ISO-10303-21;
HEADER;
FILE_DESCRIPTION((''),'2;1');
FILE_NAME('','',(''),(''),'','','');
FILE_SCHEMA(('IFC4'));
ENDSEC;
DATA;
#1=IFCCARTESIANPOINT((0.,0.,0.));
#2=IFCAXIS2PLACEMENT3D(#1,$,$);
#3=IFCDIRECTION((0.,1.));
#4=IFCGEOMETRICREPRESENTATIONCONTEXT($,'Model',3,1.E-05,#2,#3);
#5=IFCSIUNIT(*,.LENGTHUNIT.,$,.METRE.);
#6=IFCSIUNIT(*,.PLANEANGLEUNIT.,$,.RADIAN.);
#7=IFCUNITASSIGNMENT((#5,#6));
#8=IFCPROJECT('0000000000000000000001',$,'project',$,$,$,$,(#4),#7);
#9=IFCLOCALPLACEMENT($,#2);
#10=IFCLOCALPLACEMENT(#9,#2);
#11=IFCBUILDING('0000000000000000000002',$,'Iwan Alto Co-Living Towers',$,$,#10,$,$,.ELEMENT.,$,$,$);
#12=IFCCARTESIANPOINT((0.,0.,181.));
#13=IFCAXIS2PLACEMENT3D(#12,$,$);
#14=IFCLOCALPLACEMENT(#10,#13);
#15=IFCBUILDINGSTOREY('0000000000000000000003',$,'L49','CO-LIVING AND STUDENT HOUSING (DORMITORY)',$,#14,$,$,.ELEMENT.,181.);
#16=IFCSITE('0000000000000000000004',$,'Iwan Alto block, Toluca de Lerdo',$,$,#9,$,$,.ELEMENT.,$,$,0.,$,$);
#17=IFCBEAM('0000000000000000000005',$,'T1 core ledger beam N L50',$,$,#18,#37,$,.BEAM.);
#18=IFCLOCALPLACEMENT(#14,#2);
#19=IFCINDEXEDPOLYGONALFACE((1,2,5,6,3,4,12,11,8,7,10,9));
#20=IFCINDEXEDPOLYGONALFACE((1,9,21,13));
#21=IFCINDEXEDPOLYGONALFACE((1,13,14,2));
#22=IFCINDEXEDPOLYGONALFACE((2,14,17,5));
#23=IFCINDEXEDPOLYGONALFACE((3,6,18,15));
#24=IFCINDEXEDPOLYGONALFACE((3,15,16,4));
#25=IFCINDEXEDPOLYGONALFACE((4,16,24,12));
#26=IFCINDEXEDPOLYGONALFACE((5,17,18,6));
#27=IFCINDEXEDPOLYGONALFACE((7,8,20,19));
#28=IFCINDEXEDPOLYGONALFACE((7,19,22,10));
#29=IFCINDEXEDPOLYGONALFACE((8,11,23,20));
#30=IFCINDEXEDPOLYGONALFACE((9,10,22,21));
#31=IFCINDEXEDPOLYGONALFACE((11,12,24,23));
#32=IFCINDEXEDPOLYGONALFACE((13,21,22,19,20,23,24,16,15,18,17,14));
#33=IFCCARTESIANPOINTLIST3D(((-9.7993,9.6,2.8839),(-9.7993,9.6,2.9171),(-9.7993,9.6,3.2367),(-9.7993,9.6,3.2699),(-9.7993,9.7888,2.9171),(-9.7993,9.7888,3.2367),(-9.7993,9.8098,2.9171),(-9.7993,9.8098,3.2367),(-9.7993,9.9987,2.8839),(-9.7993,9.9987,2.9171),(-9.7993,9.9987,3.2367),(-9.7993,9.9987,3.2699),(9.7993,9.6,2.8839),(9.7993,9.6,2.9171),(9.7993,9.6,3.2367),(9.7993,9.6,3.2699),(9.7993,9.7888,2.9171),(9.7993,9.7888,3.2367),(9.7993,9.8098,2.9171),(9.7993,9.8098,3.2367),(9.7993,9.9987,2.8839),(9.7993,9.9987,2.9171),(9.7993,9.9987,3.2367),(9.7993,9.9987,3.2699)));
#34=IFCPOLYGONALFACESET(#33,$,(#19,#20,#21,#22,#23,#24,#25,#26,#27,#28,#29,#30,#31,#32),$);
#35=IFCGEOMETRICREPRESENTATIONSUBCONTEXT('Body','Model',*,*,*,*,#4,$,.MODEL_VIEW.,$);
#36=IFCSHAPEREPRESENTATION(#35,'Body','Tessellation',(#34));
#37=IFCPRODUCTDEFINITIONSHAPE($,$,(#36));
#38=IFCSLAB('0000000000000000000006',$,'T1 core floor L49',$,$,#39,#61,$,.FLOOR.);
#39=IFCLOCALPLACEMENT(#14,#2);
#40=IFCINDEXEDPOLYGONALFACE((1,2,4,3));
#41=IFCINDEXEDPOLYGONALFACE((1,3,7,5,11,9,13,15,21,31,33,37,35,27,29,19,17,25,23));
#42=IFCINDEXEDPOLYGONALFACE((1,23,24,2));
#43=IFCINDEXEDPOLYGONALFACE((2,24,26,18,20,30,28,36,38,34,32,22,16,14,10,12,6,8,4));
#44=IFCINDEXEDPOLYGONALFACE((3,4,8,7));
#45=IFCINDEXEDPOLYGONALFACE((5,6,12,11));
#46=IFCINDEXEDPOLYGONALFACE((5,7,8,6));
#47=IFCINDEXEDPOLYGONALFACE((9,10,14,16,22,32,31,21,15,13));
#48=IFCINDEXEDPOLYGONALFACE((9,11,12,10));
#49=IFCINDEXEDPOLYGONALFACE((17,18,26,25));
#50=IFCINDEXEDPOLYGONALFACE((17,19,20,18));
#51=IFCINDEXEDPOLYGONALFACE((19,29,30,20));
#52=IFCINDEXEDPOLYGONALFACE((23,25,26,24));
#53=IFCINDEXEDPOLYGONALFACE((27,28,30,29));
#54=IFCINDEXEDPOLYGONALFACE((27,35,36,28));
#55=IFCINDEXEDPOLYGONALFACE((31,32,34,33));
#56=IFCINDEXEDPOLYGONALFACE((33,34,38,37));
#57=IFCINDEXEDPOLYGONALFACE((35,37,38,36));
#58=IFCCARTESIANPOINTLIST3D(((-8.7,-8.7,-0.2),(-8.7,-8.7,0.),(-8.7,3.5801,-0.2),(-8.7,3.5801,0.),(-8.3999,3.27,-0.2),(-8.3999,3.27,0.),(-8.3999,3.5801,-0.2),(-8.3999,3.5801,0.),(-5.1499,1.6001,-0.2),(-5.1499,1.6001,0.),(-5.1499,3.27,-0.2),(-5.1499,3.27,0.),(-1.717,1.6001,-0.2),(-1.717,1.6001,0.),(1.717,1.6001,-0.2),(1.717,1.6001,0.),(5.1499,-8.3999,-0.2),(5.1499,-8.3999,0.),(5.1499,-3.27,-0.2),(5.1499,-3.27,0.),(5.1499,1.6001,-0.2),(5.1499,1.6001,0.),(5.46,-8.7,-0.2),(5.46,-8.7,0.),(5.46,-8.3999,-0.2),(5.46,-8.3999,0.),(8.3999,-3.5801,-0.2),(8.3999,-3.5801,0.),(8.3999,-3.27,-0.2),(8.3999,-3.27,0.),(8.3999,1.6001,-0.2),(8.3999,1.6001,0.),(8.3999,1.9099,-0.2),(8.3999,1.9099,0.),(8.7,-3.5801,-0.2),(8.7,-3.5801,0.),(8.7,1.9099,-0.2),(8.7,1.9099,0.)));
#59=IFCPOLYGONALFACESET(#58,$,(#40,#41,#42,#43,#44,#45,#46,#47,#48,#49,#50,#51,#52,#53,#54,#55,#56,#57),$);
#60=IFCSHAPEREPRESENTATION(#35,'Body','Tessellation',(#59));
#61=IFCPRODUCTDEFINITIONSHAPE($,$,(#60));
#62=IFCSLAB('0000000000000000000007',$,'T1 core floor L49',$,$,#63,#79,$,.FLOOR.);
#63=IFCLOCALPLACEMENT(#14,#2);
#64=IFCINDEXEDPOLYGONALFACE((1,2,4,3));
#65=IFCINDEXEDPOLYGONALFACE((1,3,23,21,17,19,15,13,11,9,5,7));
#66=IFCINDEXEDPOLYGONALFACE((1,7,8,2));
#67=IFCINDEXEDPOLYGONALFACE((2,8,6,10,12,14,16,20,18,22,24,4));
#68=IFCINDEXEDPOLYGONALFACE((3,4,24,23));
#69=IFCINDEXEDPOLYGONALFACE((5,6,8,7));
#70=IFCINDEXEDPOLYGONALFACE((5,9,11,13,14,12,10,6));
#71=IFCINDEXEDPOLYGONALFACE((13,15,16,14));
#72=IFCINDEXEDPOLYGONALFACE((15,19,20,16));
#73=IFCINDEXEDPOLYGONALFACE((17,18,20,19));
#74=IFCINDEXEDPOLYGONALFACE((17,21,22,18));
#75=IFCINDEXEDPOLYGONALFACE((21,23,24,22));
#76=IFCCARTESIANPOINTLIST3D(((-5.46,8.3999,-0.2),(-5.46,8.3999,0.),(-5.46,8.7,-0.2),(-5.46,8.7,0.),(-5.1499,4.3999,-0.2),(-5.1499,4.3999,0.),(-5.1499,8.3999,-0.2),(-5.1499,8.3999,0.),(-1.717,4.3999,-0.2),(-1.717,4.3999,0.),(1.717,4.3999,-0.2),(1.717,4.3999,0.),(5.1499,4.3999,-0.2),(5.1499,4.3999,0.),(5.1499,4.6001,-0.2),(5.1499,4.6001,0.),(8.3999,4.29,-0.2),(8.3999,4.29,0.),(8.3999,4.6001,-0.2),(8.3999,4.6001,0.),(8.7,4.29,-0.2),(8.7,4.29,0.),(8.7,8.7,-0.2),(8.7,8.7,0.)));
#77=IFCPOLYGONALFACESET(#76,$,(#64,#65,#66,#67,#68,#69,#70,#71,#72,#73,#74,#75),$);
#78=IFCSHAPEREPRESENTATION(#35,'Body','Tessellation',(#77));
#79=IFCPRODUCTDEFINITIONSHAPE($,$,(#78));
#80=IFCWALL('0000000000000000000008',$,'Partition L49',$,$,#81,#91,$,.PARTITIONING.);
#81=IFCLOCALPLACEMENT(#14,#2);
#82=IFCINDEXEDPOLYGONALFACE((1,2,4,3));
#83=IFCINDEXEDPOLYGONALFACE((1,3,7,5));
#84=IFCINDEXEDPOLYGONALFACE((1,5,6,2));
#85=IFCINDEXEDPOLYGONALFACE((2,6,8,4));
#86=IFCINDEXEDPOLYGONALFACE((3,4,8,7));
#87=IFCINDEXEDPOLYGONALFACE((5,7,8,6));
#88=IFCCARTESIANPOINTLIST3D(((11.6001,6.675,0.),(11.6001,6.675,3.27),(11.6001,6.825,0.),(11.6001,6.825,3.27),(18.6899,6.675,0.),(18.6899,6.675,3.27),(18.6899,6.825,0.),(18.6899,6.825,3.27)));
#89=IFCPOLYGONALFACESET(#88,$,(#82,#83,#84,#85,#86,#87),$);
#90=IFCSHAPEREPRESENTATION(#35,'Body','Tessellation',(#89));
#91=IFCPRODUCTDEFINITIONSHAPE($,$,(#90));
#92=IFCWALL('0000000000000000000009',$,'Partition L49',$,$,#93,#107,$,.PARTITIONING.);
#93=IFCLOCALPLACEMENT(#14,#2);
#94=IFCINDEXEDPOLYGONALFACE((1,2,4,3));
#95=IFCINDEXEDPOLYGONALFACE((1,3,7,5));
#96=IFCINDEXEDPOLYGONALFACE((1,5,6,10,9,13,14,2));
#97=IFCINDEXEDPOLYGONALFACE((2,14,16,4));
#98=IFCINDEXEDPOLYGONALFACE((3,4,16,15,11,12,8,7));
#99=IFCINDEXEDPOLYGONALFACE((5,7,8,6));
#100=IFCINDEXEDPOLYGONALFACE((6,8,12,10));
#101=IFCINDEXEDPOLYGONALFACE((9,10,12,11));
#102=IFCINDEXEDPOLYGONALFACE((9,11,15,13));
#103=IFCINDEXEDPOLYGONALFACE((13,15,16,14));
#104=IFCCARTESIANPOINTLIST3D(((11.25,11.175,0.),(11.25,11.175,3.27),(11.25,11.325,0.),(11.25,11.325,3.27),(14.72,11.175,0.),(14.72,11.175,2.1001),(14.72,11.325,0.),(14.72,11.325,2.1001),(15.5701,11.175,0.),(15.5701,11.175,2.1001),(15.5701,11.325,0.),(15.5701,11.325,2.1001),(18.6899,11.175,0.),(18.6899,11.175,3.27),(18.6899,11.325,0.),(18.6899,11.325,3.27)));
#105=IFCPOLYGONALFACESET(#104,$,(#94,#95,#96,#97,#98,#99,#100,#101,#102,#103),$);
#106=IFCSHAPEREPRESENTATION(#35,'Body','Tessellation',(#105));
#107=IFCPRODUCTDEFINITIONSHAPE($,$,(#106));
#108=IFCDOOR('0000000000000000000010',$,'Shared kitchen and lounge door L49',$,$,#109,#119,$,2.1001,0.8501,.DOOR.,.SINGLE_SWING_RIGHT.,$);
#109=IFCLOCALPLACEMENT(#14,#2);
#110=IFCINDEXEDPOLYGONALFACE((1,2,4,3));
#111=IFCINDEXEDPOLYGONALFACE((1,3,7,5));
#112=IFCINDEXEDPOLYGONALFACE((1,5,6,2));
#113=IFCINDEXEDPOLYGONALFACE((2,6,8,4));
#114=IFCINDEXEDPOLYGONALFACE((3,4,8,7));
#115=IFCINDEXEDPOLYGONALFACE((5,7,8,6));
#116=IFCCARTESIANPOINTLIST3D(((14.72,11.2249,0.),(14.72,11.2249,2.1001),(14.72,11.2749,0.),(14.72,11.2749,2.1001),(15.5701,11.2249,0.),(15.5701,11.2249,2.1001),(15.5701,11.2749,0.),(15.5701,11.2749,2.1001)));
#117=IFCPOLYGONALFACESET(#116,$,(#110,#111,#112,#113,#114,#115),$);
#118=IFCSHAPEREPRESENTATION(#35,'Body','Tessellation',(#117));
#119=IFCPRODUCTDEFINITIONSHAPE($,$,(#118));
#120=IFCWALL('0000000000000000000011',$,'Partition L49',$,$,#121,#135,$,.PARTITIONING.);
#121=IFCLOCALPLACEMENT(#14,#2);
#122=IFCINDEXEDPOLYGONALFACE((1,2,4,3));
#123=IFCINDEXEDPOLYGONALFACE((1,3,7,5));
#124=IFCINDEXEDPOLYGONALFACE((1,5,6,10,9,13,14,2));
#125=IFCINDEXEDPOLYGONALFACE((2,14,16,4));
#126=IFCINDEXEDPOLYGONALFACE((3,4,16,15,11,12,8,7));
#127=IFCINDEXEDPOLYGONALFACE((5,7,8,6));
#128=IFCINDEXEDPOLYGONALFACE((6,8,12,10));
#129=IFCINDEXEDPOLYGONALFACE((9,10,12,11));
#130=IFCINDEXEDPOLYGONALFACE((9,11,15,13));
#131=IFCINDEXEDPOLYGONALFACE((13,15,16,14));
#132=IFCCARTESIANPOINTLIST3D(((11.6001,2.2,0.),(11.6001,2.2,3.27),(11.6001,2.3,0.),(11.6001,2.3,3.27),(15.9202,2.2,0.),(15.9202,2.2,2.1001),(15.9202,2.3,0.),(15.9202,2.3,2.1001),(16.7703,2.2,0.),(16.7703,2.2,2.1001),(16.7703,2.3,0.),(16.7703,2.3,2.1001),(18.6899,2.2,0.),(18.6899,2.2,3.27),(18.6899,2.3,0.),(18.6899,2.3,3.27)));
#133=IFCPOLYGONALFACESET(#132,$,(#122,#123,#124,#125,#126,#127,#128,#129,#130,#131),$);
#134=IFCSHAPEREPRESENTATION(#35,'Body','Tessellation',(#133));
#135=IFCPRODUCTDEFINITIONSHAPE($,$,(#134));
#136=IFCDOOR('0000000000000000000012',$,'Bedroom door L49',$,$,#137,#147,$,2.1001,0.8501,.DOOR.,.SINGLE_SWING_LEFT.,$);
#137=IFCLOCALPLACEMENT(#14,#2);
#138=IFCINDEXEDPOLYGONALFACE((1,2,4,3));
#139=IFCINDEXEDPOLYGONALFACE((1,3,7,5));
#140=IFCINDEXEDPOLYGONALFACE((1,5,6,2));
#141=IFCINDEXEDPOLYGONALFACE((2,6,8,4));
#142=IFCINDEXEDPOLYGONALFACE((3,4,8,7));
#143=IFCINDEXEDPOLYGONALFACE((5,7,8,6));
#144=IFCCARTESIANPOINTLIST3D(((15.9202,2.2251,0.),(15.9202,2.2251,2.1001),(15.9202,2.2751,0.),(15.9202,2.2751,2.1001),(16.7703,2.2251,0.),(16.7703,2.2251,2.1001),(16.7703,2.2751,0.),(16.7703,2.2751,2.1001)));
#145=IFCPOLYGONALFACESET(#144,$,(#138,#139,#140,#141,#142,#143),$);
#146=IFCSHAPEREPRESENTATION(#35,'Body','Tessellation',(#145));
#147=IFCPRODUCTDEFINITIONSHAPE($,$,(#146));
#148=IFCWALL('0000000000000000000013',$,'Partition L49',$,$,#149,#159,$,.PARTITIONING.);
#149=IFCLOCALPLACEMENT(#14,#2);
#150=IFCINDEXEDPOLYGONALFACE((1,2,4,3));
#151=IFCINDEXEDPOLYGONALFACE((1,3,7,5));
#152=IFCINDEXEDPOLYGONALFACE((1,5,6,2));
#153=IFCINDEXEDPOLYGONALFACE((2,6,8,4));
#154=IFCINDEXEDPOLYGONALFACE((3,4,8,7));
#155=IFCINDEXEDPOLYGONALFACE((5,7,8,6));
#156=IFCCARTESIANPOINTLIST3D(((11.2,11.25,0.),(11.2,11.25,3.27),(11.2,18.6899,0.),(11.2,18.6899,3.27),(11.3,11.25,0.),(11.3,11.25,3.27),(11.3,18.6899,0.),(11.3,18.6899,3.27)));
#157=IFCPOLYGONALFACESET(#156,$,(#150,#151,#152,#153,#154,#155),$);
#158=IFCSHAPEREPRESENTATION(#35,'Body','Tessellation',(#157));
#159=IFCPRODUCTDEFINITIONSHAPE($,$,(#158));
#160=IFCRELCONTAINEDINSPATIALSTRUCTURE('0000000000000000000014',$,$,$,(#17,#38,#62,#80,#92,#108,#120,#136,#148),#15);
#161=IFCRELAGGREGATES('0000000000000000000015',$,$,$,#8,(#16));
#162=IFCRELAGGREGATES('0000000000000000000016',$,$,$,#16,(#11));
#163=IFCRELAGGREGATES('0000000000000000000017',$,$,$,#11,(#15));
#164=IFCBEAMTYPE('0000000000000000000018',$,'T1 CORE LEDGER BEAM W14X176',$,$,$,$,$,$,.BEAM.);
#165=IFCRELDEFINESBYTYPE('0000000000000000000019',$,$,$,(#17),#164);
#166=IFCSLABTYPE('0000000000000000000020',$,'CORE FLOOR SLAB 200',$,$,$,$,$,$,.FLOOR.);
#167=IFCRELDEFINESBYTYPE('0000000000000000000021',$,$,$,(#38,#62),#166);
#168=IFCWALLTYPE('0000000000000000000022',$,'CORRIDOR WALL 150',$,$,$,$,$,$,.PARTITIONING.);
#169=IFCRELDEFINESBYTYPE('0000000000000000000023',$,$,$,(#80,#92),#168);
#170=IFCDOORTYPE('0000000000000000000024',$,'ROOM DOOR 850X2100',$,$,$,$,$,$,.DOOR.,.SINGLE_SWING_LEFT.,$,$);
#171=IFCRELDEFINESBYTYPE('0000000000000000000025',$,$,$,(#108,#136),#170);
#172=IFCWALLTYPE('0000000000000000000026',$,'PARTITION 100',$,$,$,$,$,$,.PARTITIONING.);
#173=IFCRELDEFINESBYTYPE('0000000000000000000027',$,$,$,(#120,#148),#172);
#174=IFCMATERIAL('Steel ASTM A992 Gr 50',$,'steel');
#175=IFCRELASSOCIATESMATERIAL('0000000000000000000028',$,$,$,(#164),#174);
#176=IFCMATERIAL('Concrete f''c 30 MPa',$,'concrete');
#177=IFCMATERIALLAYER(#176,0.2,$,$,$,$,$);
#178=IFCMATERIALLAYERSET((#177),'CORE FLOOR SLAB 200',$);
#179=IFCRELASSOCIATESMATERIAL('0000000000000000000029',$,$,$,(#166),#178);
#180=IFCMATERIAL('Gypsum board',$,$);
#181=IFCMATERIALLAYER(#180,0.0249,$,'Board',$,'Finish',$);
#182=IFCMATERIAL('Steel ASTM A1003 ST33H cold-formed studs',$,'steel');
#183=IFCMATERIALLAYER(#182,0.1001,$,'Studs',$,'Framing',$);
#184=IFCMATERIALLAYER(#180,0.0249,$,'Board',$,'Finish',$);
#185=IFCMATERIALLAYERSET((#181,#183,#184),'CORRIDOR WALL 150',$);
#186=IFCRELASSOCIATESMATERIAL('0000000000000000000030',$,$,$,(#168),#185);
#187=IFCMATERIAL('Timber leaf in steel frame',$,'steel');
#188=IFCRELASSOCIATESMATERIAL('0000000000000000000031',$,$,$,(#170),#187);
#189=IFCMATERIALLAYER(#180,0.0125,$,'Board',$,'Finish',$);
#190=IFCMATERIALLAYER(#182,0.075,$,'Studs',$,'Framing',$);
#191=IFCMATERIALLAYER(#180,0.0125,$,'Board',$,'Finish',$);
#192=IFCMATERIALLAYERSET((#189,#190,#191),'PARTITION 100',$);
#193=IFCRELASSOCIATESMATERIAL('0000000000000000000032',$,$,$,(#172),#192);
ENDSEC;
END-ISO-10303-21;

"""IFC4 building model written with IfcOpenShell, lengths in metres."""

from ifc_helpers import new_model, si_unit, direction, frame, frame_2d, origin, origin_2d, place, context, subcontext, project, spatial, polyline, rectangle, i_section, outline, extrude, material, layer, layer_set, material_profile, profile_set, type_object, element, fill, save


model = new_model("IFC4")

# Units and contexts
model_context = context("Model", 3, precision=1e-05, world=origin(), true_north=direction((0.0, 1.0)))
body_context = subcontext(model_context, "Body", "Model", "MODEL_VIEW")
ifc_project = project(units=[si_unit("LENGTHUNIT", "METRE"), si_unit("PLANEANGLEUNIT", "RADIAN")], contexts=[model_context])

# Site, building, storey
site_placement = place(None, origin())
site = spatial("IfcSite", under=ifc_project, at=site_placement, Name="Iwan Alto block, Toluca de Lerdo", CompositionType="ELEMENT", RefElevation=0.0)
building_placement = place(site_placement, origin())
building = spatial("IfcBuilding", under=site, at=building_placement, Name="Iwan Alto Co-Living Towers", CompositionType="ELEMENT")
storey_placement = place(building_placement, frame((0.0, 0.0, 181.0)))
storey = spatial("IfcBuildingStorey", under=building, at=storey_placement, Name="L49", Description="CO-LIVING AND STUDENT HOUSING (DORMITORY)", CompositionType="ELEMENT", Elevation=181.0)

# Beam
ifc_material_1 = material(Name="Steel ASTM A992 Gr 50", Category="steel")
ifc_material_profile = material_profile(ifc_material_1, i_section(OverallWidth=0.3987, OverallDepth=0.386, WebThickness=0.021, FlangeThickness=0.0332, at=origin_2d()), Name="W14X176")
ifc_profile_set = profile_set([ifc_material_profile], Name="Steel ASTM A992 Gr 50")
beam_type = type_object("IfcBeamType", Name="T1 CORE LEDGER BEAM W14X176", PredefinedType="BEAM", material=ifc_profile_set)
beam_placement = place(storey_placement, frame((9.7993, 9.7993, 3.0769), z_axis=(-1.0, 0.0, 0.0), x_axis=(0.0, -1.0, 0.0)))
element("IfcBeam", 1, at=beam_placement, inside=storey, type_object=beam_type, Name="T1 core ledger beam N L50", PredefinedType="BEAM", context=body_context, shape_type="SweptSolid", body=[
    extrude(i_section(OverallWidth=0.3987, OverallDepth=0.386, WebThickness=0.021, FlangeThickness=0.0332, at=origin_2d()), origin(), (0.0, 0.0, 1.0), 19.5986),
])

# Slabs
ifc_material_2 = material(Name="Concrete f'c 30 MPa", Category="concrete")
ifc_layer_1 = layer(ifc_material_2, 0.2)
ifc_layer_set_1 = layer_set([ifc_layer_1], Name="CORE FLOOR SLAB 200")
slab_type = type_object("IfcSlabType", Name="CORE FLOOR SLAB 200", PredefinedType="FLOOR", material=ifc_layer_set_1)
slab_1_placement = place(storey_placement, frame((0.0, 0.0, -0.2)))
element("IfcSlab", 2, at=slab_1_placement, inside=storey, type_object=slab_type, Name="T1 core floor L49", PredefinedType="FLOOR", context=body_context, shape_type="SweptSolid", body=[
    extrude(outline(polyline([(5.1499, -8.3999), (5.46, -8.3999), (5.46, -8.7), (-8.7, -8.7), (-8.7, 3.5801), (-8.3999, 3.5801), (-8.3999, 3.27), (-5.1499, 3.27), (-5.1499, 1.6001), (-1.717, 1.6001), (1.717, 1.6001), (5.1499, 1.6001), (8.3999, 1.6001), (8.3999, 1.9099), (8.7, 1.9099), (8.7, -3.5801), (8.3999, -3.5801), (8.3999, -3.27), (5.1499, -3.27), (5.1499, -8.3999)])), origin(), (0.0, 0.0, 1.0), 0.2),
])
slab_2_placement = place(storey_placement, frame((0.0, 0.0, -0.2)))
element("IfcSlab", 3, at=slab_2_placement, inside=storey, type_object=slab_type, Name="T1 core floor L49", PredefinedType="FLOOR", context=body_context, shape_type="SweptSolid", body=[
    extrude(outline(polyline([(1.717, 4.3999), (-1.717, 4.3999), (-5.1499, 4.3999), (-5.1499, 8.3999), (-5.46, 8.3999), (-5.46, 8.7), (8.7, 8.7), (8.7, 4.29), (8.3999, 4.29), (8.3999, 4.6001), (5.1499, 4.6001), (5.1499, 4.3999), (1.717, 4.3999)])), origin(), (0.0, 0.0, 1.0), 0.2),
])

# Wall
ifc_material_3 = material(Name="Gypsum board")
ifc_layer_2 = layer(ifc_material_3, 0.0249, Name="Board", Category="Finish")
ifc_material_4 = material(Name="Steel ASTM A1003 ST33H cold-formed studs", Category="steel")
ifc_layer_3 = layer(ifc_material_4, 0.1001, Name="Studs", Category="Framing")
ifc_layer_4 = layer(ifc_material_3, 0.0249, Name="Board", Category="Finish")
ifc_layer_set_2 = layer_set([ifc_layer_2, ifc_layer_3, ifc_layer_4], Name="CORRIDOR WALL 150")
wall_type_1 = type_object("IfcWallType", Name="CORRIDOR WALL 150", PredefinedType="PARTITIONING", material=ifc_layer_set_2)
wall_1_placement = place(storey_placement, frame((11.6001, 6.75, 0.0), z_axis=(0.0, 0.0, 1.0), x_axis=(1.0, 0.0, 0.0)))
element("IfcWall", 4, at=wall_1_placement, inside=storey, type_object=wall_type_1, Name="Partition L49", PredefinedType="PARTITIONING", context=body_context, shape_type="SweptSolid", body=[
    extrude(rectangle(XDim=7.0898, YDim=0.1499, at=frame_2d((3.5449, 0.0))), origin(), (0.0, 0.0, 1.0), 3.27),
])

# Walls, openings, doors
wall_2_placement = place(storey_placement, frame((11.25, 11.25, 0.0), z_axis=(0.0, 0.0, 1.0), x_axis=(1.0, 0.0, 0.0)))
wall_2 = element("IfcWall", 5, at=wall_2_placement, inside=storey, type_object=wall_type_1, Name="Partition L49", PredefinedType="PARTITIONING", context=body_context, shape_type="SweptSolid", body=[
    extrude(rectangle(XDim=7.4399, YDim=0.1499, at=frame_2d((3.72, 0.0))), origin(), (0.0, 0.0, 1.0), 3.27),
])
opening_1_placement = place(wall_2_placement, frame((3.47, 0.0, 0.0)))
opening_1 = element("IfcOpeningElement", 6, at=opening_1_placement, cuts=wall_2, PredefinedType="OPENING", context=body_context, shape_type="SweptSolid", body=[
    extrude(rectangle(XDim=0.8501, YDim=2.1001, at=frame_2d((0.425, 1.05))), frame((0.0, 0.085, 0.0), z_axis=(0.0, -1.0, 0.0), x_axis=(1.0, 0.0, 0.0)), (0.0, 0.0, 1.0), 0.1699),
])
ifc_material_5 = material(Name="Timber leaf in steel frame", Category="steel")
door_type_1 = type_object("IfcDoorType", Name="ROOM DOOR 850X2100", OperationType="SINGLE_SWING_LEFT", PredefinedType="DOOR", material=ifc_material_5)
door_1_placement = place(opening_1_placement, origin())
door_1 = element("IfcDoor", 7, at=door_1_placement, inside=storey, type_object=door_type_1, Name="Shared kitchen and lounge door L49", OperationType="SINGLE_SWING_RIGHT", OverallHeight=2.1001, OverallWidth=0.8501, PredefinedType="DOOR", context=body_context, shape_type="SweptSolid", body=[
    extrude(rectangle(XDim=0.8501, YDim=2.1001, at=frame_2d((0.425, 1.05))), frame((0.0, 0.0249, 0.0), z_axis=(0.0, -1.0, 0.0), x_axis=(1.0, 0.0, 0.0)), (0.0, 0.0, 1.0), 0.05),
])
fill(opening_1, door_1)
ifc_layer_5 = layer(ifc_material_3, 0.0125, Name="Board", Category="Finish")
ifc_layer_6 = layer(ifc_material_4, 0.075, Name="Studs", Category="Framing")
ifc_layer_7 = layer(ifc_material_3, 0.0125, Name="Board", Category="Finish")
ifc_layer_set_3 = layer_set([ifc_layer_5, ifc_layer_6, ifc_layer_7], Name="PARTITION 100")
wall_type_2 = type_object("IfcWallType", Name="PARTITION 100", PredefinedType="PARTITIONING", material=ifc_layer_set_3)
wall_3_placement = place(storey_placement, frame((11.6001, 2.25, 0.0), z_axis=(0.0, 0.0, 1.0), x_axis=(1.0, 0.0, 0.0)))
wall_3 = element("IfcWall", 8, at=wall_3_placement, inside=storey, type_object=wall_type_2, Name="Partition L49", PredefinedType="PARTITIONING", context=body_context, shape_type="SweptSolid", body=[
    extrude(rectangle(XDim=7.0898, YDim=0.1001, at=frame_2d((3.5449, 0.0))), origin(), (0.0, 0.0, 1.0), 3.27),
])
opening_2_placement = place(wall_3_placement, frame((4.3201, 0.0, 0.0)))
opening_2 = element("IfcOpeningElement", 9, at=opening_2_placement, cuts=wall_3, PredefinedType="OPENING", context=body_context, shape_type="SweptSolid", body=[
    extrude(rectangle(XDim=0.8501, YDim=2.1001, at=frame_2d((0.425, 1.05))), frame((0.0, 0.0601, 0.0), z_axis=(0.0, -1.0, 0.0), x_axis=(1.0, 0.0, 0.0)), (0.0, 0.0, 1.0), 0.1201),
])
door_2_placement = place(opening_2_placement, frame((0.8501, 0.0, 0.0), z_axis=(0.0, 0.0, 1.0), x_axis=(-1.0, 0.0, 0.0)))
door_2 = element("IfcDoor", 10, at=door_2_placement, inside=storey, type_object=door_type_1, Name="Bedroom door L49", OperationType="SINGLE_SWING_LEFT", OverallHeight=2.1001, OverallWidth=0.8501, PredefinedType="DOOR", context=body_context, shape_type="SweptSolid", body=[
    extrude(rectangle(XDim=0.8501, YDim=2.1001, at=frame_2d((0.425, 1.05))), frame((0.0, 0.0249, 0.0), z_axis=(0.0, -1.0, 0.0), x_axis=(1.0, 0.0, 0.0)), (0.0, 0.0, 1.0), 0.05),
])
fill(opening_2, door_2)

# Wall
wall_4_placement = place(storey_placement, frame((11.25, 11.25, 0.0), z_axis=(0.0, 0.0, 1.0), x_axis=(0.0, 1.0, 0.0)))
element("IfcWall", 11, at=wall_4_placement, inside=storey, type_object=wall_type_2, Name="Partition L49", PredefinedType="PARTITIONING", context=body_context, shape_type="SweptSolid", body=[
    extrude(rectangle(XDim=7.4399, YDim=0.1001, at=frame_2d((3.72, 0.0))), origin(), (0.0, 0.0, 1.0), 3.27),
])

save(model, "model.ifc")
